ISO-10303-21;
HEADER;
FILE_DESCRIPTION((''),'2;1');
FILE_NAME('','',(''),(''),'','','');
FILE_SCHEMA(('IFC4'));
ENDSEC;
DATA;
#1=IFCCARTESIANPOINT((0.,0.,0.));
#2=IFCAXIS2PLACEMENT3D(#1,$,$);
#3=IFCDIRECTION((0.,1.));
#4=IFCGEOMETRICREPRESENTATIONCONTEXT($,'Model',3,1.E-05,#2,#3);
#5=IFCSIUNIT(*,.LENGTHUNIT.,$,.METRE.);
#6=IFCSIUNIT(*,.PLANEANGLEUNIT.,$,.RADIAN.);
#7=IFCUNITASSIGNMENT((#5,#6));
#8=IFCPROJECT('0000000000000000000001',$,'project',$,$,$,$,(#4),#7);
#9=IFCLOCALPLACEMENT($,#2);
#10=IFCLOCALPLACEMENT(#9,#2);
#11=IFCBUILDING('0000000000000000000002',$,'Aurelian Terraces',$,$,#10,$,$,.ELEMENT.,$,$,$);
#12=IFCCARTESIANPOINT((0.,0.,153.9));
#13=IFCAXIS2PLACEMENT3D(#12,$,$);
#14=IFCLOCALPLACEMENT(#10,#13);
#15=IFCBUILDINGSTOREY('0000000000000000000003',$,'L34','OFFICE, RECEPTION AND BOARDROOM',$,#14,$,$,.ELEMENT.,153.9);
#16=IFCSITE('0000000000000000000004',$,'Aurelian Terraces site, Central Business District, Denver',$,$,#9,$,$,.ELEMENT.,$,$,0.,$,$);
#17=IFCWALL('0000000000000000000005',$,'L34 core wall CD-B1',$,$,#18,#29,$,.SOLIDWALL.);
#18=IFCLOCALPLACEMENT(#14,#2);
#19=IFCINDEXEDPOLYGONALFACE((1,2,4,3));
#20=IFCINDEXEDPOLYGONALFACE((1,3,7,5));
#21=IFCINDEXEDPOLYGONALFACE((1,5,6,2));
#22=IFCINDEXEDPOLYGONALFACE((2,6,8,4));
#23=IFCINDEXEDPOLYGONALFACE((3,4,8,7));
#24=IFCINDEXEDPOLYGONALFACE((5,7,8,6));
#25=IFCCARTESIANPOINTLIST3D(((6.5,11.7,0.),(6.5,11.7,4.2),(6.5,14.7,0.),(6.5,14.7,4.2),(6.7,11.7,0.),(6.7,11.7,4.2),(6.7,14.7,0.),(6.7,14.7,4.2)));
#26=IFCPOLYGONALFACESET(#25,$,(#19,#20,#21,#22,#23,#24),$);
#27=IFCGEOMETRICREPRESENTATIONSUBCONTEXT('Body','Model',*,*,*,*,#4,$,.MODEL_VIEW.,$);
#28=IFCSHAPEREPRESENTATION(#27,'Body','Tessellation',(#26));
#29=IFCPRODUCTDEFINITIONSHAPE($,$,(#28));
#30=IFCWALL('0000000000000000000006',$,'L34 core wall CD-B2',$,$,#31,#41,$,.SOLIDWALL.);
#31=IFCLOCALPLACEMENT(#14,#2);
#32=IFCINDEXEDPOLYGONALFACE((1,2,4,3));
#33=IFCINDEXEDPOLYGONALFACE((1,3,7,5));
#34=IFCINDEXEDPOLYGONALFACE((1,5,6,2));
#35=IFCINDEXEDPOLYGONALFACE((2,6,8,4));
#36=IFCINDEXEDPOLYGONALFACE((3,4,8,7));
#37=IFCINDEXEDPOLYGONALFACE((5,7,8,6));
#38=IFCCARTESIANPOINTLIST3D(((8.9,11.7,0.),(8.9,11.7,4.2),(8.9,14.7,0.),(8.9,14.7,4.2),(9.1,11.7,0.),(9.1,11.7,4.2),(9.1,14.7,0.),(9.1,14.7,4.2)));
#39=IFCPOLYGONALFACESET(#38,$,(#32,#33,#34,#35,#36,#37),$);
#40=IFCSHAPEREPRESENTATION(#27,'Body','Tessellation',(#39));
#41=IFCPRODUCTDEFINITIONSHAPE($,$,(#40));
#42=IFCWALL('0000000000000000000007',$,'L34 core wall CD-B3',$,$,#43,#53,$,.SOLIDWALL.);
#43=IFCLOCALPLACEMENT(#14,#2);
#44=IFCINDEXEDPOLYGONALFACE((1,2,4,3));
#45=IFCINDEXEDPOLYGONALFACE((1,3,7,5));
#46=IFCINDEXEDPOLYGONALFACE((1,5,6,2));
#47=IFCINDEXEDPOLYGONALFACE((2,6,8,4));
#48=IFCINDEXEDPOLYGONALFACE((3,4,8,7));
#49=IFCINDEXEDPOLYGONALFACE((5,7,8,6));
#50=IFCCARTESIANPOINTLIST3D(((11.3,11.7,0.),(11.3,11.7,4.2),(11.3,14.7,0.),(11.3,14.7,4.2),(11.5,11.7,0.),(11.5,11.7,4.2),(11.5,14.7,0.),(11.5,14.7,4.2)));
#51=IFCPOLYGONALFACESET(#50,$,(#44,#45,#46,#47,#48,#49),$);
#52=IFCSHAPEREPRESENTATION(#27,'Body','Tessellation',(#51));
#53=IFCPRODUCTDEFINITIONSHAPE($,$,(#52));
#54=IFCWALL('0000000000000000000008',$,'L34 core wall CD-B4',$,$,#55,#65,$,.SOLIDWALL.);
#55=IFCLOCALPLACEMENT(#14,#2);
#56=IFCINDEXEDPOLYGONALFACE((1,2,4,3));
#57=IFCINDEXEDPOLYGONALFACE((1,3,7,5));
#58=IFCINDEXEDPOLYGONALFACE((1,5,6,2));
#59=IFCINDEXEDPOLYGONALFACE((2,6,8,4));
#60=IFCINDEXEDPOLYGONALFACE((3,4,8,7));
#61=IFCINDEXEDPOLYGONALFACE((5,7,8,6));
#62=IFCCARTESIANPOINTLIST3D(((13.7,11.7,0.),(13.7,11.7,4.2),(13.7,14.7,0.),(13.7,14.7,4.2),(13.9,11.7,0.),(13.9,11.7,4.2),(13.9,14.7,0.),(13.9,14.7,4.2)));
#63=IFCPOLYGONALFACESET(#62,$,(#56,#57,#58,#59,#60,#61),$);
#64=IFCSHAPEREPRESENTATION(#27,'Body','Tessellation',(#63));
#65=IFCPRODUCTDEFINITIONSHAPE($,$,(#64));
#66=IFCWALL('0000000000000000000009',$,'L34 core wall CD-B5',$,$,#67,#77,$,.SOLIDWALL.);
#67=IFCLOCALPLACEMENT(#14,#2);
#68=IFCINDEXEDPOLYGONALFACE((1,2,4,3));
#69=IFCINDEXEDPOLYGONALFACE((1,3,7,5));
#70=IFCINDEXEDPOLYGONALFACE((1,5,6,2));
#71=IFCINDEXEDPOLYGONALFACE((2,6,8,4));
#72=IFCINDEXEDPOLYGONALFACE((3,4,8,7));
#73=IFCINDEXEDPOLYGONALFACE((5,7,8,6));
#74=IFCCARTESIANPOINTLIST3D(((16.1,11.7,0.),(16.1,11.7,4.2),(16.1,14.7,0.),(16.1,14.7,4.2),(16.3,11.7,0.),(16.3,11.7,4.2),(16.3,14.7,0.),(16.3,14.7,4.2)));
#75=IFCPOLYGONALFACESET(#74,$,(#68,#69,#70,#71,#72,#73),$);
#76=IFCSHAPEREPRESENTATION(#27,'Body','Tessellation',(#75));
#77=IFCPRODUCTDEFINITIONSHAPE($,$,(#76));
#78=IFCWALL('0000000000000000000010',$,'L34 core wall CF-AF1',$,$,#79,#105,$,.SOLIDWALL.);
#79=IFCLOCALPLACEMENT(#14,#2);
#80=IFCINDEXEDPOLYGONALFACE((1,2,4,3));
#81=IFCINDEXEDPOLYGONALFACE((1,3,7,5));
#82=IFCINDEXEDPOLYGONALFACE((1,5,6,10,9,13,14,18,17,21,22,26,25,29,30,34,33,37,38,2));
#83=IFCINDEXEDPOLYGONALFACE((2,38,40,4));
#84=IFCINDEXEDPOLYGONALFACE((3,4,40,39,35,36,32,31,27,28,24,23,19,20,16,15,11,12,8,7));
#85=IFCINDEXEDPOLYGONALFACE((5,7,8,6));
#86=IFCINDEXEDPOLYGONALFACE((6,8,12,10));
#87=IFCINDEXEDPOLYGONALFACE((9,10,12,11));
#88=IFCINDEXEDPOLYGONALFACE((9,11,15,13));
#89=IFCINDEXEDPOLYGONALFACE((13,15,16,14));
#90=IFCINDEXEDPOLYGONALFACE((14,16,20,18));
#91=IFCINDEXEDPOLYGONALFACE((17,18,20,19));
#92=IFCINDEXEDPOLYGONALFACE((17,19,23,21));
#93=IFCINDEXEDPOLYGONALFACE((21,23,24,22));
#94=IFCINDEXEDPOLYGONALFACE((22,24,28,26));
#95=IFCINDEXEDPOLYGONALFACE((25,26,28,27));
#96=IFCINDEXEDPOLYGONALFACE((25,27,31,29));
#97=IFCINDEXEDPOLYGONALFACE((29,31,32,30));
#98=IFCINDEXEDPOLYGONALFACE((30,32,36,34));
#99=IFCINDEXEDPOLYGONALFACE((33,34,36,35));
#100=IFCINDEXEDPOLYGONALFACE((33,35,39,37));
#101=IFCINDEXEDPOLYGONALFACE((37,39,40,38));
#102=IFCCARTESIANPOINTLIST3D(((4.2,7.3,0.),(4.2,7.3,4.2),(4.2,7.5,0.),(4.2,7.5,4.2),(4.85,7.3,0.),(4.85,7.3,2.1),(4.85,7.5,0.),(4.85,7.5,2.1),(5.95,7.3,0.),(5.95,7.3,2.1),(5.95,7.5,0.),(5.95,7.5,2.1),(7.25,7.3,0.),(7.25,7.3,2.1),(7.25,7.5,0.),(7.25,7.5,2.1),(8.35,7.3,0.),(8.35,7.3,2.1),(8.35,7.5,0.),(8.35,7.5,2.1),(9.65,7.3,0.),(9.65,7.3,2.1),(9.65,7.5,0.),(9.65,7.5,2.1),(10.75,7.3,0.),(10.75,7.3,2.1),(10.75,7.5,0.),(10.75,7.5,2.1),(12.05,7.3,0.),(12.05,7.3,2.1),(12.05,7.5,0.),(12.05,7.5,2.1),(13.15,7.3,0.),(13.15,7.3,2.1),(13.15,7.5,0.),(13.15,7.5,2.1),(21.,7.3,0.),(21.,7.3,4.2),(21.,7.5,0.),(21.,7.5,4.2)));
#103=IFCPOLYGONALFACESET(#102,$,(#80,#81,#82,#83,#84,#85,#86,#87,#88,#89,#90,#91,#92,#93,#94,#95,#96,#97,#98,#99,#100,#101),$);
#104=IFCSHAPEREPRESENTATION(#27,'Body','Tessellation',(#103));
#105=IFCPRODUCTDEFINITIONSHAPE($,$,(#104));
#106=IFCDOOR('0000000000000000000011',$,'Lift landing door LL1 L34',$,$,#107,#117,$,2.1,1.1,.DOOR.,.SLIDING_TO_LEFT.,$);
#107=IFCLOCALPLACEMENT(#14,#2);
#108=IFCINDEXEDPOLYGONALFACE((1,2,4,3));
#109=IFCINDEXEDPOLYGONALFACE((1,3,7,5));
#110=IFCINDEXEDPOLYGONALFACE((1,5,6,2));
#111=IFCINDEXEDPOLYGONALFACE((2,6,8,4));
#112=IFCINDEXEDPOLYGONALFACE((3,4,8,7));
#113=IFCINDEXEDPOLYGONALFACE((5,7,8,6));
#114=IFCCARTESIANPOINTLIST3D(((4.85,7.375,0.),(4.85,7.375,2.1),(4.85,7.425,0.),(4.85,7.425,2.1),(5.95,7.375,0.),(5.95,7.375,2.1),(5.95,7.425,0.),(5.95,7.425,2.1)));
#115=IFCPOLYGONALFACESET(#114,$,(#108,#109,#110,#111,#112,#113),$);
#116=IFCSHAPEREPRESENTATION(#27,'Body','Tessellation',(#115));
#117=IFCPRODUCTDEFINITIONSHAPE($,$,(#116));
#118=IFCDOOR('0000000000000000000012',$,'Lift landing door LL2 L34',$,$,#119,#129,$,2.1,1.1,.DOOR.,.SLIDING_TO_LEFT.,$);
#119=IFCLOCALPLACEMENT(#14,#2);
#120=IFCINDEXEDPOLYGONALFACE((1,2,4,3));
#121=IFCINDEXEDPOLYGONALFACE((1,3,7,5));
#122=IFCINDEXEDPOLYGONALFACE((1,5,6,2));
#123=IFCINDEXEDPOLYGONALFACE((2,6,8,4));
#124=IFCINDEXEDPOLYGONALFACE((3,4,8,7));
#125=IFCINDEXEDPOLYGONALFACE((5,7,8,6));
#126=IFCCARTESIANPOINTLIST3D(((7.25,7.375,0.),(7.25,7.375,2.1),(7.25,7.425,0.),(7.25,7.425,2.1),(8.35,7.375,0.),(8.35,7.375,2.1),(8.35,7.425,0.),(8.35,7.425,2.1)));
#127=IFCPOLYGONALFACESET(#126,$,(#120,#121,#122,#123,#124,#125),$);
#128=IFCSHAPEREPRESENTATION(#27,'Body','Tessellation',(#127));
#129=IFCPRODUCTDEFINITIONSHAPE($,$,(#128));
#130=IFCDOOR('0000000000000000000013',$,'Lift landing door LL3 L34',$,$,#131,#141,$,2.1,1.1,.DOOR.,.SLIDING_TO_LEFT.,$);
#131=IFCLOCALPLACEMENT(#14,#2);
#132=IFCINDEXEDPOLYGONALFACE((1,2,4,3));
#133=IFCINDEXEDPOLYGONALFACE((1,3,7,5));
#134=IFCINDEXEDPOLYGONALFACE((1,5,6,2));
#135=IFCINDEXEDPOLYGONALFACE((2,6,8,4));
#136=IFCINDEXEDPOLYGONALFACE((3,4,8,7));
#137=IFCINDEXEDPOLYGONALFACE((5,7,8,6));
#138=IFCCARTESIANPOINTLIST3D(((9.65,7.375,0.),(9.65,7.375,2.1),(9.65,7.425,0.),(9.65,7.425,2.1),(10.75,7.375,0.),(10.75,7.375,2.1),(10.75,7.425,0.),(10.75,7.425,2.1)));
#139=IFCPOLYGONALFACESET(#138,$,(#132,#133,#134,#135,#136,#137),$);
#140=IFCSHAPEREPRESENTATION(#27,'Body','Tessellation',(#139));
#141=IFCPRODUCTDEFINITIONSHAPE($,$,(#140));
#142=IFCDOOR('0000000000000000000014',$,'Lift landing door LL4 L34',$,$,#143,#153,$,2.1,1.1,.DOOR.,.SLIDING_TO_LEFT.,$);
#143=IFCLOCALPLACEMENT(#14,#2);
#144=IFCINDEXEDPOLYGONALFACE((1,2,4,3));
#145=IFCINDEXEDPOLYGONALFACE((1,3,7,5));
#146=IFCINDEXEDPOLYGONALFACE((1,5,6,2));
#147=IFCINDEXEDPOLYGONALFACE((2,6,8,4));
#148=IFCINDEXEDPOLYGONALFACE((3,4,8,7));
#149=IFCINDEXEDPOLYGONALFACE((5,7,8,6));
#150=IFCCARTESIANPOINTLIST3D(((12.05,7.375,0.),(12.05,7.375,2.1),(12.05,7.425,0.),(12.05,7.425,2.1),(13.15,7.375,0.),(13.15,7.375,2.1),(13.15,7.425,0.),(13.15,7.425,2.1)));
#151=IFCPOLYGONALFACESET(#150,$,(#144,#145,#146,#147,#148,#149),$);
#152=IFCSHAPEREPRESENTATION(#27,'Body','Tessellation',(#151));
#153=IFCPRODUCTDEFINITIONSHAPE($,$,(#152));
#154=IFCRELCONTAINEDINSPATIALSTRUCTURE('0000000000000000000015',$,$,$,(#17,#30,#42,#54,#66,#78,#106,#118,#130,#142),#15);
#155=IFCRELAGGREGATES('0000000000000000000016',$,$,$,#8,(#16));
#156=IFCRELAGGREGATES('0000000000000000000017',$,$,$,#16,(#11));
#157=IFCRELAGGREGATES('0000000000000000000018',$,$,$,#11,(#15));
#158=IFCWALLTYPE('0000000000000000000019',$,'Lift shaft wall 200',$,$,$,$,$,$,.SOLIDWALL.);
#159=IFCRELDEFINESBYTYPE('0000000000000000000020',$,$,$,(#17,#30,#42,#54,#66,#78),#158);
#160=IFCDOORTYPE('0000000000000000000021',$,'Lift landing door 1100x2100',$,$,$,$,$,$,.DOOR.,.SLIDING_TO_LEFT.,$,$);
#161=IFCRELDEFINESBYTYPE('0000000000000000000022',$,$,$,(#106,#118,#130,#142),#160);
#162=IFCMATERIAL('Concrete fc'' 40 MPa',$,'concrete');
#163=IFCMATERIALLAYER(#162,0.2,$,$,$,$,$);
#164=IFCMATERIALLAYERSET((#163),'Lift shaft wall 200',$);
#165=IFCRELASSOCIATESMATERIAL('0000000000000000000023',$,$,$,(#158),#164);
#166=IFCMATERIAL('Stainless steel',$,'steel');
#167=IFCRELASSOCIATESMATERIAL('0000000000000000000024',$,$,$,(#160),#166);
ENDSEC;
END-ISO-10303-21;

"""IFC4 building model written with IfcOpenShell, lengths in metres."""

from ifc_helpers import new_model, si_unit, direction, frame, frame_2d, origin, place, context, subcontext, project, spatial, rectangle, extrude, source, transform, mapped, material, layer, layer_set, type_object, element, fill, save


model = new_model("IFC4")

# Units and contexts
model_context = context("Model", 3, precision=1e-05, world=origin(), true_north=direction((0.0, 1.0)))
body_context = subcontext(model_context, "Body", "Model", "MODEL_VIEW")
ifc_project = project(units=[si_unit("LENGTHUNIT", "METRE"), si_unit("PLANEANGLEUNIT", "RADIAN")], contexts=[model_context])

# Site, building, storey
site_placement = place(None, origin())
site = spatial("IfcSite", under=ifc_project, at=site_placement, Name="Aurelian Terraces site, Central Business District, Denver", CompositionType="ELEMENT", RefElevation=0.0)
building_placement = place(site_placement, origin())
building = spatial("IfcBuilding", under=site, at=building_placement, Name="Aurelian Terraces", CompositionType="ELEMENT")
storey_placement = place(building_placement, frame((0.0, 0.0, 153.9)))
storey = spatial("IfcBuildingStorey", under=building, at=storey_placement, Name="L34", Description="OFFICE, RECEPTION AND BOARDROOM", CompositionType="ELEMENT", Elevation=153.9)

# Walls
ifc_material_1 = material(Name="Concrete fc' 40 MPa", Category="concrete")
ifc_layer_1 = layer(ifc_material_1, 0.2)
ifc_layer_set_1 = layer_set([ifc_layer_1], Name="Lift shaft wall 200")
wall_type_1 = type_object("IfcWallType", Name="Lift shaft wall 200", PredefinedType="SOLIDWALL", material=ifc_layer_set_1)
shared_shape_1 = source(origin(), body_context, "Body", "SweptSolid", [
    extrude(rectangle(XDim=3.0, YDim=0.2, at=frame_2d((1.5, 0.0))), origin(), (0.0, 0.0, 1.0), 4.2),
])
for number, where, z_axis, x_axis, name in (
    (1, (6.6, 11.7, 0.0), (0.0, 0.0, 1.0), (0.0, 1.0, 0.0), "L34 core wall CD-B1"),
    (2, (9.0, 11.7, 0.0), (0.0, 0.0, 1.0), (0.0, 1.0, 0.0), "L34 core wall CD-B2"),
    (3, (11.4, 11.7, 0.0), (0.0, 0.0, 1.0), (0.0, 1.0, 0.0), "L34 core wall CD-B3"),
    (4, (13.8, 11.7, 0.0), (0.0, 0.0, 1.0), (0.0, 1.0, 0.0), "L34 core wall CD-B4"),
    (5, (16.2, 11.7, 0.0), (0.0, 0.0, 1.0), (0.0, 1.0, 0.0), "L34 core wall CD-B5"),
):
    element("IfcWall", number, at=place(storey_placement, frame(where, z_axis=z_axis, x_axis=x_axis)), inside=storey, type_object=wall_type_1, Name=name, PredefinedType="SOLIDWALL", context=body_context, shape_type="MappedRepresentation", body=[
        mapped(shared_shape_1, transform((0.0, 0.0, 0.0), scale=1.0)),
    ])

# Wall, openings, doors
shared_shape_2 = source(origin(), body_context, "Body", "SweptSolid", [
    extrude(rectangle(XDim=16.8, YDim=0.2, at=frame_2d((8.4, 0.0))), origin(), (0.0, 0.0, 1.0), 4.2),
])
wall_1_placement = place(storey_placement, frame((4.2, 7.4, 0.0), z_axis=(0.0, 0.0, 1.0), x_axis=(1.0, 0.0, 0.0)))
wall_1 = element("IfcWall", 6, at=wall_1_placement, inside=storey, type_object=wall_type_1, Name="L34 core wall CF-AF1", PredefinedType="SOLIDWALL", context=body_context, shape_type="MappedRepresentation", body=[
    mapped(shared_shape_2, transform((0.0, 0.0, 0.0), scale=1.0)),
])
shared_shape_3 = source(origin(), body_context, "Body", "SweptSolid", [
    extrude(rectangle(XDim=1.1, YDim=2.1, at=frame_2d((0.55, 1.05))), frame((0.0, 0.11, 0.0), z_axis=(0.0, -1.0, 0.0), x_axis=(1.0, 0.0, 0.0)), (0.0, 0.0, 1.0), 0.22),
])
opening_1_placement = place(wall_1_placement, frame((0.65, 0.0, 0.0)))
opening_1 = element("IfcOpeningElement", 7, at=opening_1_placement, cuts=wall_1, PredefinedType="OPENING", context=body_context, shape_type="MappedRepresentation", body=[
    mapped(shared_shape_3, transform((0.0, 0.0, 0.0), scale=1.0)),
])
opening_2_placement = place(wall_1_placement, frame((3.05, 0.0, 0.0)))
opening_2 = element("IfcOpeningElement", 8, at=opening_2_placement, cuts=wall_1, PredefinedType="OPENING", context=body_context, shape_type="MappedRepresentation", body=[
    mapped(shared_shape_3, transform((0.0, 0.0, 0.0), scale=1.0)),
])
opening_3_placement = place(wall_1_placement, frame((5.45, 0.0, 0.0)))
opening_3 = element("IfcOpeningElement", 9, at=opening_3_placement, cuts=wall_1, PredefinedType="OPENING", context=body_context, shape_type="MappedRepresentation", body=[
    mapped(shared_shape_3, transform((0.0, 0.0, 0.0), scale=1.0)),
])
opening_4_placement = place(wall_1_placement, frame((7.85, 0.0, 0.0)))
opening_4 = element("IfcOpeningElement", 10, at=opening_4_placement, cuts=wall_1, PredefinedType="OPENING", context=body_context, shape_type="MappedRepresentation", body=[
    mapped(shared_shape_3, transform((0.0, 0.0, 0.0), scale=1.0)),
])
ifc_material_2 = material(Name="Stainless steel", Category="steel")
door_type_1 = type_object("IfcDoorType", Name="Lift landing door 1100x2100", OperationType="SLIDING_TO_LEFT", PredefinedType="DOOR", material=ifc_material_2)
shared_shape_4 = source(origin(), body_context, "Body", "SweptSolid", [
    extrude(rectangle(XDim=1.1, YDim=2.1, at=frame_2d((0.55, 1.05))), frame((0.0, 0.025, 0.0), z_axis=(0.0, -1.0, 0.0), x_axis=(1.0, 0.0, 0.0)), (0.0, 0.0, 1.0), 0.05),
])
door_1_placement = place(opening_1_placement, origin())
door_1 = element("IfcDoor", 11, at=door_1_placement, inside=storey, type_object=door_type_1, Name="Lift landing door LL1 L34", OperationType="SLIDING_TO_LEFT", OverallHeight=2.1, OverallWidth=1.1, PredefinedType="DOOR", context=body_context, shape_type="MappedRepresentation", body=[
    mapped(shared_shape_4, transform((0.0, 0.0, 0.0), scale=1.0)),
])
fill(opening_1, door_1)
door_2_placement = place(opening_2_placement, origin())
door_2 = element("IfcDoor", 12, at=door_2_placement, inside=storey, type_object=door_type_1, Name="Lift landing door LL2 L34", OperationType="SLIDING_TO_LEFT", OverallHeight=2.1, OverallWidth=1.1, PredefinedType="DOOR", context=body_context, shape_type="MappedRepresentation", body=[
    mapped(shared_shape_4, transform((0.0, 0.0, 0.0), scale=1.0)),
])
fill(opening_2, door_2)
door_3_placement = place(opening_3_placement, origin())
door_3 = element("IfcDoor", 13, at=door_3_placement, inside=storey, type_object=door_type_1, Name="Lift landing door LL3 L34", OperationType="SLIDING_TO_LEFT", OverallHeight=2.1, OverallWidth=1.1, PredefinedType="DOOR", context=body_context, shape_type="MappedRepresentation", body=[
    mapped(shared_shape_4, transform((0.0, 0.0, 0.0), scale=1.0)),
])
fill(opening_3, door_3)
door_4_placement = place(opening_4_placement, origin())
door_4 = element("IfcDoor", 14, at=door_4_placement, inside=storey, type_object=door_type_1, Name="Lift landing door LL4 L34", OperationType="SLIDING_TO_LEFT", OverallHeight=2.1, OverallWidth=1.1, PredefinedType="DOOR", context=body_context, shape_type="MappedRepresentation", body=[
    mapped(shared_shape_4, transform((0.0, 0.0, 0.0), scale=1.0)),
])
fill(opening_4, door_4)

save(model, "model.ifc")
